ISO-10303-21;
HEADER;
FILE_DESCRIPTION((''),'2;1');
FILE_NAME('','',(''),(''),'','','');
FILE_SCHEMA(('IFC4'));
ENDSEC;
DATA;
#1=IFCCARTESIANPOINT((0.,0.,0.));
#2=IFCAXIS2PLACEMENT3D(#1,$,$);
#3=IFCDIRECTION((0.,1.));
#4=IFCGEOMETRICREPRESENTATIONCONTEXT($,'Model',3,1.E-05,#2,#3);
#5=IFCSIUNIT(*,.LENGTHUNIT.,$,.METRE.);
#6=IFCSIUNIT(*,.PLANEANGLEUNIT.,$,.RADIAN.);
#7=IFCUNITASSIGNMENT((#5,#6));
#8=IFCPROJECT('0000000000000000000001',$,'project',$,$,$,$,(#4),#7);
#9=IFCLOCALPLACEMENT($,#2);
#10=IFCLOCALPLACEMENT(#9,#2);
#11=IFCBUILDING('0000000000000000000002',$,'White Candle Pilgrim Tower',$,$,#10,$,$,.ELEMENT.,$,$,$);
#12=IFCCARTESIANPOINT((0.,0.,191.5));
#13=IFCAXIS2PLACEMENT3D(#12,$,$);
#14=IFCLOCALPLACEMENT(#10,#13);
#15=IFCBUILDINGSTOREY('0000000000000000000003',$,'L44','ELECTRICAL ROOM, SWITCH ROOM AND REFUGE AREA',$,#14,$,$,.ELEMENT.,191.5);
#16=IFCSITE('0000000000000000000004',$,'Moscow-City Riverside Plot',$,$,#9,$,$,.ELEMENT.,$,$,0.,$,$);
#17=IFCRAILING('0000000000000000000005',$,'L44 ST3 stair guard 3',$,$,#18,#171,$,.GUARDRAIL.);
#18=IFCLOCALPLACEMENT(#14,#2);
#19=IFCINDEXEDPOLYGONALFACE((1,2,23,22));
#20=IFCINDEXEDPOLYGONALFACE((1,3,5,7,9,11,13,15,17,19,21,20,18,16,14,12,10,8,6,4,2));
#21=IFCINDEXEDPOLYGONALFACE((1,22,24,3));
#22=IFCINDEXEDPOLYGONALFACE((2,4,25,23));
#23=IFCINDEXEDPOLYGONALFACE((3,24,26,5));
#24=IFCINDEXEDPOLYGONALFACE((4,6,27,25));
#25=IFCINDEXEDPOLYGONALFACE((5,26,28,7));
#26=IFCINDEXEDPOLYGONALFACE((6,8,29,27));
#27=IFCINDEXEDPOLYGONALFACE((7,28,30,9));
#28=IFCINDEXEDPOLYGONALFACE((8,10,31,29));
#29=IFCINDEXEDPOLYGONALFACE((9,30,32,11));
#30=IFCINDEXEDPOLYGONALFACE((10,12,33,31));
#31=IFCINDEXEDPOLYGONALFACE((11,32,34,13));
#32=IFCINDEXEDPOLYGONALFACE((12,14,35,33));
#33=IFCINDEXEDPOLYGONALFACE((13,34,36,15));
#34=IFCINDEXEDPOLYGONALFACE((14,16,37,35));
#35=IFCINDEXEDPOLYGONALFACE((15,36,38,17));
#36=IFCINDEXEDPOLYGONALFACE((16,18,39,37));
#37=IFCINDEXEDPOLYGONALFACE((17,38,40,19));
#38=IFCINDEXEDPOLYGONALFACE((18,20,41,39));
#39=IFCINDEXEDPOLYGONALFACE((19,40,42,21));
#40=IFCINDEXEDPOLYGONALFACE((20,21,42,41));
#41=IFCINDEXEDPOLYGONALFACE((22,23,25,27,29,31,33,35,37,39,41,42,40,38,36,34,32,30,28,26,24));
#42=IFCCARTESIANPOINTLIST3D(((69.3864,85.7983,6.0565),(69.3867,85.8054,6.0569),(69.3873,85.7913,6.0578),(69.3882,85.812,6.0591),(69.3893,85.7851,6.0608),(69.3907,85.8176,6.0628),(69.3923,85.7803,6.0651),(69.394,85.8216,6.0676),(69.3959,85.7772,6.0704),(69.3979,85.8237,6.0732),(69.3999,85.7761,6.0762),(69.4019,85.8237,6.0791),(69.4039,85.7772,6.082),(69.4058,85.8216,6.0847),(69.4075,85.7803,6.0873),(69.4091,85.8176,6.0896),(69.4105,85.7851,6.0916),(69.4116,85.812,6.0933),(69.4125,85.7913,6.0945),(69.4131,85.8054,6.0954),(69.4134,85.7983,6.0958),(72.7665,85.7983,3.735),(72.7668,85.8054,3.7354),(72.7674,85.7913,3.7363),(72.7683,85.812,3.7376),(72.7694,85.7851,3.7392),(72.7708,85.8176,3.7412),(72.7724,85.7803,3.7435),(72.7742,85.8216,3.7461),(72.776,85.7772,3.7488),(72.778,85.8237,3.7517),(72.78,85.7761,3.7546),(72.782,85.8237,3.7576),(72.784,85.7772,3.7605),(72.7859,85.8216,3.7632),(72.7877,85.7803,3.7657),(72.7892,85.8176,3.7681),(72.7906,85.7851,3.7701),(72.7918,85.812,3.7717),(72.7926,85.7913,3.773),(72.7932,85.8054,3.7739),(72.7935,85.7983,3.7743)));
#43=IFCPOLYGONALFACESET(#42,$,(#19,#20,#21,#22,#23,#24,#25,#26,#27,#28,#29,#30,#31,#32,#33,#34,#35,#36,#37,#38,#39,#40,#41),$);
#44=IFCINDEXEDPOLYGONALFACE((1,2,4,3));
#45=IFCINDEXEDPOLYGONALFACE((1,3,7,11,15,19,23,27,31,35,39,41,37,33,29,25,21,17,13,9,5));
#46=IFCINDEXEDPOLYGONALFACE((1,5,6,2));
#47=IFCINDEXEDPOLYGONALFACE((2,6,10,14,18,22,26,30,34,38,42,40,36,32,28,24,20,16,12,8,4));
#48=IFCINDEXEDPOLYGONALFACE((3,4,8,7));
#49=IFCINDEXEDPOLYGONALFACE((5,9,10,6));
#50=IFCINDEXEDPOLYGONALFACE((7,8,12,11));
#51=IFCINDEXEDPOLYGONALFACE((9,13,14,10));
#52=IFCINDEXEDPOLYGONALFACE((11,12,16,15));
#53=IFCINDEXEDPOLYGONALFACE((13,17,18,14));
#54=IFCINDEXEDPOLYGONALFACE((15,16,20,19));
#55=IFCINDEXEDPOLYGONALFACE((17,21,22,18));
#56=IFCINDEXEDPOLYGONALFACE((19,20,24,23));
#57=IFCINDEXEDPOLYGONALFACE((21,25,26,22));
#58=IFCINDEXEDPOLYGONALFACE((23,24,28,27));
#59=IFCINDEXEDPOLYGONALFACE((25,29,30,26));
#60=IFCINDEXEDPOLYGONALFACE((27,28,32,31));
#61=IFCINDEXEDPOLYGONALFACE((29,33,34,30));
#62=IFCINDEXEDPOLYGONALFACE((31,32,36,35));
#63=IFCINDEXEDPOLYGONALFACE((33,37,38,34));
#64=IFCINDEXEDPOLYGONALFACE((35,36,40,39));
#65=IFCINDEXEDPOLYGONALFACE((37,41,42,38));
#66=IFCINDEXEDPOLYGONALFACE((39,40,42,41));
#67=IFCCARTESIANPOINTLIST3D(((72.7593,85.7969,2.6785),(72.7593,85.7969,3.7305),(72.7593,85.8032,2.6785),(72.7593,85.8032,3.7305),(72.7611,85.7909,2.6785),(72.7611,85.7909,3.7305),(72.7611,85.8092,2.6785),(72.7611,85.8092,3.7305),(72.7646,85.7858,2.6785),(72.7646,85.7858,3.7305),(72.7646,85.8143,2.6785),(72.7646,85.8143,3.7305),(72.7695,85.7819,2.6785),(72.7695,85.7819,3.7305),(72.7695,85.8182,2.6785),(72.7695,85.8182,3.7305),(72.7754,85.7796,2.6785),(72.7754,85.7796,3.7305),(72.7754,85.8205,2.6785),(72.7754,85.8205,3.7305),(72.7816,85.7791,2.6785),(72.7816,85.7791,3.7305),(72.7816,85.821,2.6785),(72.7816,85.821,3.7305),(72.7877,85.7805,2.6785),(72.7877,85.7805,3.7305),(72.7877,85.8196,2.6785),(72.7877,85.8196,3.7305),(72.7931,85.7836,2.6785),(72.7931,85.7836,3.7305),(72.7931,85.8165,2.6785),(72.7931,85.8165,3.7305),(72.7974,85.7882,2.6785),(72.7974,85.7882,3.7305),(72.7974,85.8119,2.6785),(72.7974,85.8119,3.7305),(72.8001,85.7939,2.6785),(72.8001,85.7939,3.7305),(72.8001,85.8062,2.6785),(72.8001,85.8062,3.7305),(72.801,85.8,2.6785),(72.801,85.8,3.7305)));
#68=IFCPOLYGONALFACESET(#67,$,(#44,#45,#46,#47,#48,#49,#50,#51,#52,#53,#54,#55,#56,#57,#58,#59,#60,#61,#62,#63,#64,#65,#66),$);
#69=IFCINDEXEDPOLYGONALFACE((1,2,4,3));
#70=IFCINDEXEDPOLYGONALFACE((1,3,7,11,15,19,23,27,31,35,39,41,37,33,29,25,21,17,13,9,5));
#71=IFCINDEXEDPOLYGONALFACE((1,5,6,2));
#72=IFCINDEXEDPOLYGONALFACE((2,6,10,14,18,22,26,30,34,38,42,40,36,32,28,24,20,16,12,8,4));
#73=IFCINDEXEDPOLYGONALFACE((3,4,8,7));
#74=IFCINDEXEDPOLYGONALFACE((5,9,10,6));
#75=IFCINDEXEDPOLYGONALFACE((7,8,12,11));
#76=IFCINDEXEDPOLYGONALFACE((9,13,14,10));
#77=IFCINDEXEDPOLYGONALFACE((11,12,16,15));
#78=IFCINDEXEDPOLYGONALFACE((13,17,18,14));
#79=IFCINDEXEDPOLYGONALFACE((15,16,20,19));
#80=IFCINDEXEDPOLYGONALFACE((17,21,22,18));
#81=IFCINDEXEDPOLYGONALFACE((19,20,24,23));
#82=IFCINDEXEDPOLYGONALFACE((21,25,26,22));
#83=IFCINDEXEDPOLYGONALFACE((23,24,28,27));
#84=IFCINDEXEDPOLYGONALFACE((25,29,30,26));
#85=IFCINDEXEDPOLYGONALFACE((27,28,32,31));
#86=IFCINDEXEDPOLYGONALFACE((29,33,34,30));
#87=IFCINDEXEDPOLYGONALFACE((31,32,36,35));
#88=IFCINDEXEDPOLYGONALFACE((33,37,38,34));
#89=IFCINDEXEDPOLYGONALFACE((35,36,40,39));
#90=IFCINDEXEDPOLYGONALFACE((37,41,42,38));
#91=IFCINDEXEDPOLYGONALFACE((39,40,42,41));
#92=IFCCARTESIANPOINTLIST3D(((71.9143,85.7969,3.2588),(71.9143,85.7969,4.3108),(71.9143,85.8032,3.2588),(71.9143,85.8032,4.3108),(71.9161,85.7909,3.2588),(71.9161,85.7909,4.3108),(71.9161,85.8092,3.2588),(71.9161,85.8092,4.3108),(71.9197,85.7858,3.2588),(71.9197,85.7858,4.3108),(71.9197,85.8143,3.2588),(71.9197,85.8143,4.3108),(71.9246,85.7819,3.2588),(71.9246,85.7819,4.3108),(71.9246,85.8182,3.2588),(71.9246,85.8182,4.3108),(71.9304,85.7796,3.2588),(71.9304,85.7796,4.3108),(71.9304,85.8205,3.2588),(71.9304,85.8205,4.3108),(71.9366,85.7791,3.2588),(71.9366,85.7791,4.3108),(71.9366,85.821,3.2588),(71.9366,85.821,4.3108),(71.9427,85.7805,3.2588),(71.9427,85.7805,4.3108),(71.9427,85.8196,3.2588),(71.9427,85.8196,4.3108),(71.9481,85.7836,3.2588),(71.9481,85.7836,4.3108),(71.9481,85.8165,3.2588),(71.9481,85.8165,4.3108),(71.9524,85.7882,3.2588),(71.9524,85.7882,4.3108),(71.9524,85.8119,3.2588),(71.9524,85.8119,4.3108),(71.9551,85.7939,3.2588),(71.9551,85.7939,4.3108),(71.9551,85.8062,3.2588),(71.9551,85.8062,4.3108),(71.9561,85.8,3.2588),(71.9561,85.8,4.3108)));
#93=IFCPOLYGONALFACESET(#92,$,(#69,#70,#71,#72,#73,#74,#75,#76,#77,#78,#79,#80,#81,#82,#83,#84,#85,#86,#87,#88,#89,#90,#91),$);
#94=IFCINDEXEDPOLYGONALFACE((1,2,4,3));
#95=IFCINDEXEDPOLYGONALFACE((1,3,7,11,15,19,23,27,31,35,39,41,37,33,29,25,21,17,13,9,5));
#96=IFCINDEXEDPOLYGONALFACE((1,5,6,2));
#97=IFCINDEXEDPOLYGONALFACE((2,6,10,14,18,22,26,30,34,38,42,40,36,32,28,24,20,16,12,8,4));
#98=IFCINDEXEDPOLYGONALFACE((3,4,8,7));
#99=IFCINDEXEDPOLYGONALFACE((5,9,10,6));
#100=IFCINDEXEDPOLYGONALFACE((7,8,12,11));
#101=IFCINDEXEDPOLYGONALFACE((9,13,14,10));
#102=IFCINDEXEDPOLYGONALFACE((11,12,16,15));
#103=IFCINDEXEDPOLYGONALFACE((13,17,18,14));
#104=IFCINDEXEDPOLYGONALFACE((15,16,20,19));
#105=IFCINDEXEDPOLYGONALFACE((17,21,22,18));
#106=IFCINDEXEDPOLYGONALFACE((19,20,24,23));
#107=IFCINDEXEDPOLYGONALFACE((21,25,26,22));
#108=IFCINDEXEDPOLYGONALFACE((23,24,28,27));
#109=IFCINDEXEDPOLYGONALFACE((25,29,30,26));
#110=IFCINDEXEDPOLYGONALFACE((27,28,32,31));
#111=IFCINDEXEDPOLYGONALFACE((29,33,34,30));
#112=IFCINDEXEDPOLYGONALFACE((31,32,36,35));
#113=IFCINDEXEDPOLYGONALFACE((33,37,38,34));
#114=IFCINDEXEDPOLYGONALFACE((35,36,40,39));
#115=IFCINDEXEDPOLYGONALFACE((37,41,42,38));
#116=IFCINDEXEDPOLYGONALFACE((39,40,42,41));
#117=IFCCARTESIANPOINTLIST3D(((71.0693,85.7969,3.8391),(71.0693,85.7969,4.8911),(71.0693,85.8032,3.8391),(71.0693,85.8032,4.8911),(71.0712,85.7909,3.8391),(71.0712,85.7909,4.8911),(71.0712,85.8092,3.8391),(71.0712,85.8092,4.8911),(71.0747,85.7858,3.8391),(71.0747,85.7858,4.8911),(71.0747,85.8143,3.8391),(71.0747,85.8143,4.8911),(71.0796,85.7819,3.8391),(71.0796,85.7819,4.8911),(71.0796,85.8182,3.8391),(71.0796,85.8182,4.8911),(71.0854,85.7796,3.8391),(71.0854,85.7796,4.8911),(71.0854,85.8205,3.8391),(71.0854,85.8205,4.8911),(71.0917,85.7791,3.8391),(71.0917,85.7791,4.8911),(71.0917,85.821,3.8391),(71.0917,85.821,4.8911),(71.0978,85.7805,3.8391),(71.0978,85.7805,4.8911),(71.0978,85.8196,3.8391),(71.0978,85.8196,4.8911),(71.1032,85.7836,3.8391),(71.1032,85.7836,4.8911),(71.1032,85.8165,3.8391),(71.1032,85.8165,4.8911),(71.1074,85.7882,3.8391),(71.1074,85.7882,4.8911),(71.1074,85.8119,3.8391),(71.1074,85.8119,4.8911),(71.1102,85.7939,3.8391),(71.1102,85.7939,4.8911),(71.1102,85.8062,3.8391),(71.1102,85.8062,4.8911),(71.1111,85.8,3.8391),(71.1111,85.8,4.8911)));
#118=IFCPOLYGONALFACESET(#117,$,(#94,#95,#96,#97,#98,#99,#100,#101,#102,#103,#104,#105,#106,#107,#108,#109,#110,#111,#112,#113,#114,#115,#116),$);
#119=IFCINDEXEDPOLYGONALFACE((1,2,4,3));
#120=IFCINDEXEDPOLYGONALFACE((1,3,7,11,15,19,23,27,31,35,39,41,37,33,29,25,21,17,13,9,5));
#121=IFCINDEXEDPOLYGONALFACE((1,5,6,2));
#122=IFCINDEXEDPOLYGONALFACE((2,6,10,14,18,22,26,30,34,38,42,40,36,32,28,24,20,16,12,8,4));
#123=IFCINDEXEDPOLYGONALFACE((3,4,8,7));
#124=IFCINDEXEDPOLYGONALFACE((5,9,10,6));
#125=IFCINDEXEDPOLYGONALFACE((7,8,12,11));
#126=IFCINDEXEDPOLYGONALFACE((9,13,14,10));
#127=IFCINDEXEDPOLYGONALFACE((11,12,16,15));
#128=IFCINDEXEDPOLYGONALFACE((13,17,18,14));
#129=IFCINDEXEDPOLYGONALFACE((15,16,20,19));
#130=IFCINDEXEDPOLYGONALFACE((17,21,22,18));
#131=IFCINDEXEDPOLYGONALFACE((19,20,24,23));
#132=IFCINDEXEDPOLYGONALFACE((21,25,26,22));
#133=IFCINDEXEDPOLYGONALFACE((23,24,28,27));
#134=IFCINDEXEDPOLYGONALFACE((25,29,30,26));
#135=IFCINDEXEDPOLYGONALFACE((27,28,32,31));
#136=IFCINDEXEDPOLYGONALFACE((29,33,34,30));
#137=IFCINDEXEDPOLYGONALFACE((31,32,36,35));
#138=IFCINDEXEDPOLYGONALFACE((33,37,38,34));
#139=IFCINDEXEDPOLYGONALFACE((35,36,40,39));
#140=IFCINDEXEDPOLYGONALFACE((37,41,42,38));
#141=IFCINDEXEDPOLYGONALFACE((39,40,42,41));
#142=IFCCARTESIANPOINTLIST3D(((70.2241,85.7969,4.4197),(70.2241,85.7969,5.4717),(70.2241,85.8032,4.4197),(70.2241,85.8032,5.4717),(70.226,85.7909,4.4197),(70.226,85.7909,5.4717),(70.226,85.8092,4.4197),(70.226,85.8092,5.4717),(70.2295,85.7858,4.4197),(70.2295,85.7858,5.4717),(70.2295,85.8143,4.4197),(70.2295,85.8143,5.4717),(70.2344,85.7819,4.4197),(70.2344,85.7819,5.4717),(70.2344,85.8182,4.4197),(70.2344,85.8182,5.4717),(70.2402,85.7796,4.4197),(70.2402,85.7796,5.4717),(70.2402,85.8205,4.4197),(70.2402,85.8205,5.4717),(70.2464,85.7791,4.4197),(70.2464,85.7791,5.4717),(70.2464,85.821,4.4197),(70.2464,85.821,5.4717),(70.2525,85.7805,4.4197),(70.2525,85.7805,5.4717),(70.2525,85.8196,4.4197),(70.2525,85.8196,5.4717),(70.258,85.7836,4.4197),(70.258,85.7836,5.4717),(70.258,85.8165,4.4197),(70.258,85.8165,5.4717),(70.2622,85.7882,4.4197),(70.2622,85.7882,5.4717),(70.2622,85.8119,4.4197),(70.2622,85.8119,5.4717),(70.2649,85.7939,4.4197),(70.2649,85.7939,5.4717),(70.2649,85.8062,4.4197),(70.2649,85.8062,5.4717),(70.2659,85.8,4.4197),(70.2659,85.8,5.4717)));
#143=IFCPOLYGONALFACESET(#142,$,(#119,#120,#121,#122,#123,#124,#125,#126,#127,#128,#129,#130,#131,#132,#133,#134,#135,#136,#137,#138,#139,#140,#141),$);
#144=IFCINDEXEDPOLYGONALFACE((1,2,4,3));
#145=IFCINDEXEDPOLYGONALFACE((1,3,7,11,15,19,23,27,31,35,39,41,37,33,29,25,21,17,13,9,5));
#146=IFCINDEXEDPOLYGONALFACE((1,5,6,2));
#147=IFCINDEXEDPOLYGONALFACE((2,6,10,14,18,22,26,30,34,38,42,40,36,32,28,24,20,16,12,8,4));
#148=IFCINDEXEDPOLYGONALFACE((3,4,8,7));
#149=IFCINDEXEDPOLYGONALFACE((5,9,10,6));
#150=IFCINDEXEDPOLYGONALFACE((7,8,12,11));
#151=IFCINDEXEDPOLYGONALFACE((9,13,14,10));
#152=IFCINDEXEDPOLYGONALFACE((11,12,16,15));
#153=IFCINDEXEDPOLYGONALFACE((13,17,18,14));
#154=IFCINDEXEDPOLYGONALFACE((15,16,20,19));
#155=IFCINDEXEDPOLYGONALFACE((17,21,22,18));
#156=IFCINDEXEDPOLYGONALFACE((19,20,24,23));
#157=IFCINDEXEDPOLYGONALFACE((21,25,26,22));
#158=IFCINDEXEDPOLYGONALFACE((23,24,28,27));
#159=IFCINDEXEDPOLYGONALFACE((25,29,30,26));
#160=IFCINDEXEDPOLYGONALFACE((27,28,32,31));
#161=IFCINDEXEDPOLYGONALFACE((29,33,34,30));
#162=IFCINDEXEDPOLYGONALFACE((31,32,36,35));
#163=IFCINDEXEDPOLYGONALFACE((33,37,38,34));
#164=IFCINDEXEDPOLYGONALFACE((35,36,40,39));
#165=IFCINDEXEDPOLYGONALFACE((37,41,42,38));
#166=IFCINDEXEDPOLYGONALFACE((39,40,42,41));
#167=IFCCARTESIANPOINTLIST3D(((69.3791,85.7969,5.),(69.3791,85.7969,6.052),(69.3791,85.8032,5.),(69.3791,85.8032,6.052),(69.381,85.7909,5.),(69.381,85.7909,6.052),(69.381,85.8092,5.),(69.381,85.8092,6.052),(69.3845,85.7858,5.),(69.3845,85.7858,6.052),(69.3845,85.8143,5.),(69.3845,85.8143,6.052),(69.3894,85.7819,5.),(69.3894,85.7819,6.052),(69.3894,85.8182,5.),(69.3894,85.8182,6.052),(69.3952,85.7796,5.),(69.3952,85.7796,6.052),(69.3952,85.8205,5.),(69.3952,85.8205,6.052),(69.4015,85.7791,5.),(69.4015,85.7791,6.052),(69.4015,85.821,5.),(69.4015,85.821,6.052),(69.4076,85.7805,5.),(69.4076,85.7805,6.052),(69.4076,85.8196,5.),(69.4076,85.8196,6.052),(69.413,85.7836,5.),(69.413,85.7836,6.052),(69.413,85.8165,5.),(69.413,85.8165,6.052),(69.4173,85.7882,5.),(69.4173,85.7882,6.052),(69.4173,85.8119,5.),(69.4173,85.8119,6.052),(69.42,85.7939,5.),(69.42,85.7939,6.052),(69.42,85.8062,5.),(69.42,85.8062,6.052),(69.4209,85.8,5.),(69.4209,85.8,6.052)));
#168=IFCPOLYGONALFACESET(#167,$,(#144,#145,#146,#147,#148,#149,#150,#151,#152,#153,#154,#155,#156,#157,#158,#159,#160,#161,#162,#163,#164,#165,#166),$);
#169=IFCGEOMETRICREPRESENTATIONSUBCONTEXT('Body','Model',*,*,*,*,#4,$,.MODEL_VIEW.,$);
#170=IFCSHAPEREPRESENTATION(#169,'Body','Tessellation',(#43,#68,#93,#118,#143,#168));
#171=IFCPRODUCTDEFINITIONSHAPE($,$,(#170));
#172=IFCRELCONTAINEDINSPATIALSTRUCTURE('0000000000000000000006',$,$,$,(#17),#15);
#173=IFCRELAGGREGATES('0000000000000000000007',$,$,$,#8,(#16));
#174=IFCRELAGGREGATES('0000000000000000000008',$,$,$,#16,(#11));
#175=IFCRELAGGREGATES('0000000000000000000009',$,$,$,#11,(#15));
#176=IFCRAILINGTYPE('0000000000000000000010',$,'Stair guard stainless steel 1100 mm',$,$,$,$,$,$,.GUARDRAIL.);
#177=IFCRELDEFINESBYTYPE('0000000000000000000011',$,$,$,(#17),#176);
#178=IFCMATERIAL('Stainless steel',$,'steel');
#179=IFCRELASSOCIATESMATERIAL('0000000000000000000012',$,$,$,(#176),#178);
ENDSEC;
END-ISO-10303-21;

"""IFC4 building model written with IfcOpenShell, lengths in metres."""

from ifc_helpers import new_model, si_unit, direction, frame, origin, origin_2d, place, context, subcontext, project, spatial, circle, extrude, material, type_object, element, save


model = new_model("IFC4")

# Units and contexts
model_context = context("Model", 3, precision=1e-05, world=origin(), true_north=direction((0.0, 1.0)))
body_context = subcontext(model_context, "Body", "Model", "MODEL_VIEW")
ifc_project = project(units=[si_unit("LENGTHUNIT", "METRE"), si_unit("PLANEANGLEUNIT", "RADIAN")], contexts=[model_context])

# Site, building, storey
site_placement = place(None, origin())
site = spatial("IfcSite", under=ifc_project, at=site_placement, Name="Moscow-City Riverside Plot", CompositionType="ELEMENT", RefElevation=0.0)
building_placement = place(site_placement, origin())
building = spatial("IfcBuilding", under=site, at=building_placement, Name="White Candle Pilgrim Tower", CompositionType="ELEMENT")
storey_placement = place(building_placement, frame((0.0, 0.0, 191.5)))
storey = spatial("IfcBuildingStorey", under=building, at=storey_placement, Name="L44", Description="ELECTRICAL ROOM, SWITCH ROOM AND REFUGE AREA", CompositionType="ELEMENT", Elevation=191.5)

# Shared definitions
ifc_material_1 = material(Name="Stainless steel", Category="steel")

# Railing
railing_type_1 = type_object("IfcRailingType", Name="Stair guard stainless steel 1100 mm", PredefinedType="GUARDRAIL", material=ifc_material_1)
railing_1_placement = place(storey_placement, frame((72.78, 85.8, 2.6785)))
element("IfcRailing", 1, at=railing_1_placement, inside=storey, type_object=railing_type_1, Name="L44 ST3 stair guard 3", PredefinedType="GUARDRAIL", context=body_context, shape_type="SweptSolid", body=[
    extrude(circle(Radius=0.0239, at=origin_2d()), frame((0.0, 0.0, 1.0762), z_axis=(-0.824304, 0.0, 0.566147), x_axis=(0.0, -1.0, 0.0)), (0.0, 0.0, 1.0), 4.1006),
    extrude(circle(Radius=0.021, at=origin_2d()), origin(), (0.0, 0.0, 1.0), 1.052),
    extrude(circle(Radius=0.021, at=origin_2d()), frame((-0.845, 0.0, 0.5803)), (0.0, 0.0, 1.0), 1.052),
    extrude(circle(Radius=0.021, at=origin_2d()), frame((-1.6899, 0.0, 1.1606)), (0.0, 0.0, 1.0), 1.052),
    extrude(circle(Radius=0.021, at=origin_2d()), frame((-2.5352, 0.0, 1.7412)), (0.0, 0.0, 1.0), 1.052),
    extrude(circle(Radius=0.021, at=origin_2d()), frame((-3.3801, 0.0, 2.3215)), (0.0, 0.0, 1.0), 1.052),
])

save(model, "model.ifc")
